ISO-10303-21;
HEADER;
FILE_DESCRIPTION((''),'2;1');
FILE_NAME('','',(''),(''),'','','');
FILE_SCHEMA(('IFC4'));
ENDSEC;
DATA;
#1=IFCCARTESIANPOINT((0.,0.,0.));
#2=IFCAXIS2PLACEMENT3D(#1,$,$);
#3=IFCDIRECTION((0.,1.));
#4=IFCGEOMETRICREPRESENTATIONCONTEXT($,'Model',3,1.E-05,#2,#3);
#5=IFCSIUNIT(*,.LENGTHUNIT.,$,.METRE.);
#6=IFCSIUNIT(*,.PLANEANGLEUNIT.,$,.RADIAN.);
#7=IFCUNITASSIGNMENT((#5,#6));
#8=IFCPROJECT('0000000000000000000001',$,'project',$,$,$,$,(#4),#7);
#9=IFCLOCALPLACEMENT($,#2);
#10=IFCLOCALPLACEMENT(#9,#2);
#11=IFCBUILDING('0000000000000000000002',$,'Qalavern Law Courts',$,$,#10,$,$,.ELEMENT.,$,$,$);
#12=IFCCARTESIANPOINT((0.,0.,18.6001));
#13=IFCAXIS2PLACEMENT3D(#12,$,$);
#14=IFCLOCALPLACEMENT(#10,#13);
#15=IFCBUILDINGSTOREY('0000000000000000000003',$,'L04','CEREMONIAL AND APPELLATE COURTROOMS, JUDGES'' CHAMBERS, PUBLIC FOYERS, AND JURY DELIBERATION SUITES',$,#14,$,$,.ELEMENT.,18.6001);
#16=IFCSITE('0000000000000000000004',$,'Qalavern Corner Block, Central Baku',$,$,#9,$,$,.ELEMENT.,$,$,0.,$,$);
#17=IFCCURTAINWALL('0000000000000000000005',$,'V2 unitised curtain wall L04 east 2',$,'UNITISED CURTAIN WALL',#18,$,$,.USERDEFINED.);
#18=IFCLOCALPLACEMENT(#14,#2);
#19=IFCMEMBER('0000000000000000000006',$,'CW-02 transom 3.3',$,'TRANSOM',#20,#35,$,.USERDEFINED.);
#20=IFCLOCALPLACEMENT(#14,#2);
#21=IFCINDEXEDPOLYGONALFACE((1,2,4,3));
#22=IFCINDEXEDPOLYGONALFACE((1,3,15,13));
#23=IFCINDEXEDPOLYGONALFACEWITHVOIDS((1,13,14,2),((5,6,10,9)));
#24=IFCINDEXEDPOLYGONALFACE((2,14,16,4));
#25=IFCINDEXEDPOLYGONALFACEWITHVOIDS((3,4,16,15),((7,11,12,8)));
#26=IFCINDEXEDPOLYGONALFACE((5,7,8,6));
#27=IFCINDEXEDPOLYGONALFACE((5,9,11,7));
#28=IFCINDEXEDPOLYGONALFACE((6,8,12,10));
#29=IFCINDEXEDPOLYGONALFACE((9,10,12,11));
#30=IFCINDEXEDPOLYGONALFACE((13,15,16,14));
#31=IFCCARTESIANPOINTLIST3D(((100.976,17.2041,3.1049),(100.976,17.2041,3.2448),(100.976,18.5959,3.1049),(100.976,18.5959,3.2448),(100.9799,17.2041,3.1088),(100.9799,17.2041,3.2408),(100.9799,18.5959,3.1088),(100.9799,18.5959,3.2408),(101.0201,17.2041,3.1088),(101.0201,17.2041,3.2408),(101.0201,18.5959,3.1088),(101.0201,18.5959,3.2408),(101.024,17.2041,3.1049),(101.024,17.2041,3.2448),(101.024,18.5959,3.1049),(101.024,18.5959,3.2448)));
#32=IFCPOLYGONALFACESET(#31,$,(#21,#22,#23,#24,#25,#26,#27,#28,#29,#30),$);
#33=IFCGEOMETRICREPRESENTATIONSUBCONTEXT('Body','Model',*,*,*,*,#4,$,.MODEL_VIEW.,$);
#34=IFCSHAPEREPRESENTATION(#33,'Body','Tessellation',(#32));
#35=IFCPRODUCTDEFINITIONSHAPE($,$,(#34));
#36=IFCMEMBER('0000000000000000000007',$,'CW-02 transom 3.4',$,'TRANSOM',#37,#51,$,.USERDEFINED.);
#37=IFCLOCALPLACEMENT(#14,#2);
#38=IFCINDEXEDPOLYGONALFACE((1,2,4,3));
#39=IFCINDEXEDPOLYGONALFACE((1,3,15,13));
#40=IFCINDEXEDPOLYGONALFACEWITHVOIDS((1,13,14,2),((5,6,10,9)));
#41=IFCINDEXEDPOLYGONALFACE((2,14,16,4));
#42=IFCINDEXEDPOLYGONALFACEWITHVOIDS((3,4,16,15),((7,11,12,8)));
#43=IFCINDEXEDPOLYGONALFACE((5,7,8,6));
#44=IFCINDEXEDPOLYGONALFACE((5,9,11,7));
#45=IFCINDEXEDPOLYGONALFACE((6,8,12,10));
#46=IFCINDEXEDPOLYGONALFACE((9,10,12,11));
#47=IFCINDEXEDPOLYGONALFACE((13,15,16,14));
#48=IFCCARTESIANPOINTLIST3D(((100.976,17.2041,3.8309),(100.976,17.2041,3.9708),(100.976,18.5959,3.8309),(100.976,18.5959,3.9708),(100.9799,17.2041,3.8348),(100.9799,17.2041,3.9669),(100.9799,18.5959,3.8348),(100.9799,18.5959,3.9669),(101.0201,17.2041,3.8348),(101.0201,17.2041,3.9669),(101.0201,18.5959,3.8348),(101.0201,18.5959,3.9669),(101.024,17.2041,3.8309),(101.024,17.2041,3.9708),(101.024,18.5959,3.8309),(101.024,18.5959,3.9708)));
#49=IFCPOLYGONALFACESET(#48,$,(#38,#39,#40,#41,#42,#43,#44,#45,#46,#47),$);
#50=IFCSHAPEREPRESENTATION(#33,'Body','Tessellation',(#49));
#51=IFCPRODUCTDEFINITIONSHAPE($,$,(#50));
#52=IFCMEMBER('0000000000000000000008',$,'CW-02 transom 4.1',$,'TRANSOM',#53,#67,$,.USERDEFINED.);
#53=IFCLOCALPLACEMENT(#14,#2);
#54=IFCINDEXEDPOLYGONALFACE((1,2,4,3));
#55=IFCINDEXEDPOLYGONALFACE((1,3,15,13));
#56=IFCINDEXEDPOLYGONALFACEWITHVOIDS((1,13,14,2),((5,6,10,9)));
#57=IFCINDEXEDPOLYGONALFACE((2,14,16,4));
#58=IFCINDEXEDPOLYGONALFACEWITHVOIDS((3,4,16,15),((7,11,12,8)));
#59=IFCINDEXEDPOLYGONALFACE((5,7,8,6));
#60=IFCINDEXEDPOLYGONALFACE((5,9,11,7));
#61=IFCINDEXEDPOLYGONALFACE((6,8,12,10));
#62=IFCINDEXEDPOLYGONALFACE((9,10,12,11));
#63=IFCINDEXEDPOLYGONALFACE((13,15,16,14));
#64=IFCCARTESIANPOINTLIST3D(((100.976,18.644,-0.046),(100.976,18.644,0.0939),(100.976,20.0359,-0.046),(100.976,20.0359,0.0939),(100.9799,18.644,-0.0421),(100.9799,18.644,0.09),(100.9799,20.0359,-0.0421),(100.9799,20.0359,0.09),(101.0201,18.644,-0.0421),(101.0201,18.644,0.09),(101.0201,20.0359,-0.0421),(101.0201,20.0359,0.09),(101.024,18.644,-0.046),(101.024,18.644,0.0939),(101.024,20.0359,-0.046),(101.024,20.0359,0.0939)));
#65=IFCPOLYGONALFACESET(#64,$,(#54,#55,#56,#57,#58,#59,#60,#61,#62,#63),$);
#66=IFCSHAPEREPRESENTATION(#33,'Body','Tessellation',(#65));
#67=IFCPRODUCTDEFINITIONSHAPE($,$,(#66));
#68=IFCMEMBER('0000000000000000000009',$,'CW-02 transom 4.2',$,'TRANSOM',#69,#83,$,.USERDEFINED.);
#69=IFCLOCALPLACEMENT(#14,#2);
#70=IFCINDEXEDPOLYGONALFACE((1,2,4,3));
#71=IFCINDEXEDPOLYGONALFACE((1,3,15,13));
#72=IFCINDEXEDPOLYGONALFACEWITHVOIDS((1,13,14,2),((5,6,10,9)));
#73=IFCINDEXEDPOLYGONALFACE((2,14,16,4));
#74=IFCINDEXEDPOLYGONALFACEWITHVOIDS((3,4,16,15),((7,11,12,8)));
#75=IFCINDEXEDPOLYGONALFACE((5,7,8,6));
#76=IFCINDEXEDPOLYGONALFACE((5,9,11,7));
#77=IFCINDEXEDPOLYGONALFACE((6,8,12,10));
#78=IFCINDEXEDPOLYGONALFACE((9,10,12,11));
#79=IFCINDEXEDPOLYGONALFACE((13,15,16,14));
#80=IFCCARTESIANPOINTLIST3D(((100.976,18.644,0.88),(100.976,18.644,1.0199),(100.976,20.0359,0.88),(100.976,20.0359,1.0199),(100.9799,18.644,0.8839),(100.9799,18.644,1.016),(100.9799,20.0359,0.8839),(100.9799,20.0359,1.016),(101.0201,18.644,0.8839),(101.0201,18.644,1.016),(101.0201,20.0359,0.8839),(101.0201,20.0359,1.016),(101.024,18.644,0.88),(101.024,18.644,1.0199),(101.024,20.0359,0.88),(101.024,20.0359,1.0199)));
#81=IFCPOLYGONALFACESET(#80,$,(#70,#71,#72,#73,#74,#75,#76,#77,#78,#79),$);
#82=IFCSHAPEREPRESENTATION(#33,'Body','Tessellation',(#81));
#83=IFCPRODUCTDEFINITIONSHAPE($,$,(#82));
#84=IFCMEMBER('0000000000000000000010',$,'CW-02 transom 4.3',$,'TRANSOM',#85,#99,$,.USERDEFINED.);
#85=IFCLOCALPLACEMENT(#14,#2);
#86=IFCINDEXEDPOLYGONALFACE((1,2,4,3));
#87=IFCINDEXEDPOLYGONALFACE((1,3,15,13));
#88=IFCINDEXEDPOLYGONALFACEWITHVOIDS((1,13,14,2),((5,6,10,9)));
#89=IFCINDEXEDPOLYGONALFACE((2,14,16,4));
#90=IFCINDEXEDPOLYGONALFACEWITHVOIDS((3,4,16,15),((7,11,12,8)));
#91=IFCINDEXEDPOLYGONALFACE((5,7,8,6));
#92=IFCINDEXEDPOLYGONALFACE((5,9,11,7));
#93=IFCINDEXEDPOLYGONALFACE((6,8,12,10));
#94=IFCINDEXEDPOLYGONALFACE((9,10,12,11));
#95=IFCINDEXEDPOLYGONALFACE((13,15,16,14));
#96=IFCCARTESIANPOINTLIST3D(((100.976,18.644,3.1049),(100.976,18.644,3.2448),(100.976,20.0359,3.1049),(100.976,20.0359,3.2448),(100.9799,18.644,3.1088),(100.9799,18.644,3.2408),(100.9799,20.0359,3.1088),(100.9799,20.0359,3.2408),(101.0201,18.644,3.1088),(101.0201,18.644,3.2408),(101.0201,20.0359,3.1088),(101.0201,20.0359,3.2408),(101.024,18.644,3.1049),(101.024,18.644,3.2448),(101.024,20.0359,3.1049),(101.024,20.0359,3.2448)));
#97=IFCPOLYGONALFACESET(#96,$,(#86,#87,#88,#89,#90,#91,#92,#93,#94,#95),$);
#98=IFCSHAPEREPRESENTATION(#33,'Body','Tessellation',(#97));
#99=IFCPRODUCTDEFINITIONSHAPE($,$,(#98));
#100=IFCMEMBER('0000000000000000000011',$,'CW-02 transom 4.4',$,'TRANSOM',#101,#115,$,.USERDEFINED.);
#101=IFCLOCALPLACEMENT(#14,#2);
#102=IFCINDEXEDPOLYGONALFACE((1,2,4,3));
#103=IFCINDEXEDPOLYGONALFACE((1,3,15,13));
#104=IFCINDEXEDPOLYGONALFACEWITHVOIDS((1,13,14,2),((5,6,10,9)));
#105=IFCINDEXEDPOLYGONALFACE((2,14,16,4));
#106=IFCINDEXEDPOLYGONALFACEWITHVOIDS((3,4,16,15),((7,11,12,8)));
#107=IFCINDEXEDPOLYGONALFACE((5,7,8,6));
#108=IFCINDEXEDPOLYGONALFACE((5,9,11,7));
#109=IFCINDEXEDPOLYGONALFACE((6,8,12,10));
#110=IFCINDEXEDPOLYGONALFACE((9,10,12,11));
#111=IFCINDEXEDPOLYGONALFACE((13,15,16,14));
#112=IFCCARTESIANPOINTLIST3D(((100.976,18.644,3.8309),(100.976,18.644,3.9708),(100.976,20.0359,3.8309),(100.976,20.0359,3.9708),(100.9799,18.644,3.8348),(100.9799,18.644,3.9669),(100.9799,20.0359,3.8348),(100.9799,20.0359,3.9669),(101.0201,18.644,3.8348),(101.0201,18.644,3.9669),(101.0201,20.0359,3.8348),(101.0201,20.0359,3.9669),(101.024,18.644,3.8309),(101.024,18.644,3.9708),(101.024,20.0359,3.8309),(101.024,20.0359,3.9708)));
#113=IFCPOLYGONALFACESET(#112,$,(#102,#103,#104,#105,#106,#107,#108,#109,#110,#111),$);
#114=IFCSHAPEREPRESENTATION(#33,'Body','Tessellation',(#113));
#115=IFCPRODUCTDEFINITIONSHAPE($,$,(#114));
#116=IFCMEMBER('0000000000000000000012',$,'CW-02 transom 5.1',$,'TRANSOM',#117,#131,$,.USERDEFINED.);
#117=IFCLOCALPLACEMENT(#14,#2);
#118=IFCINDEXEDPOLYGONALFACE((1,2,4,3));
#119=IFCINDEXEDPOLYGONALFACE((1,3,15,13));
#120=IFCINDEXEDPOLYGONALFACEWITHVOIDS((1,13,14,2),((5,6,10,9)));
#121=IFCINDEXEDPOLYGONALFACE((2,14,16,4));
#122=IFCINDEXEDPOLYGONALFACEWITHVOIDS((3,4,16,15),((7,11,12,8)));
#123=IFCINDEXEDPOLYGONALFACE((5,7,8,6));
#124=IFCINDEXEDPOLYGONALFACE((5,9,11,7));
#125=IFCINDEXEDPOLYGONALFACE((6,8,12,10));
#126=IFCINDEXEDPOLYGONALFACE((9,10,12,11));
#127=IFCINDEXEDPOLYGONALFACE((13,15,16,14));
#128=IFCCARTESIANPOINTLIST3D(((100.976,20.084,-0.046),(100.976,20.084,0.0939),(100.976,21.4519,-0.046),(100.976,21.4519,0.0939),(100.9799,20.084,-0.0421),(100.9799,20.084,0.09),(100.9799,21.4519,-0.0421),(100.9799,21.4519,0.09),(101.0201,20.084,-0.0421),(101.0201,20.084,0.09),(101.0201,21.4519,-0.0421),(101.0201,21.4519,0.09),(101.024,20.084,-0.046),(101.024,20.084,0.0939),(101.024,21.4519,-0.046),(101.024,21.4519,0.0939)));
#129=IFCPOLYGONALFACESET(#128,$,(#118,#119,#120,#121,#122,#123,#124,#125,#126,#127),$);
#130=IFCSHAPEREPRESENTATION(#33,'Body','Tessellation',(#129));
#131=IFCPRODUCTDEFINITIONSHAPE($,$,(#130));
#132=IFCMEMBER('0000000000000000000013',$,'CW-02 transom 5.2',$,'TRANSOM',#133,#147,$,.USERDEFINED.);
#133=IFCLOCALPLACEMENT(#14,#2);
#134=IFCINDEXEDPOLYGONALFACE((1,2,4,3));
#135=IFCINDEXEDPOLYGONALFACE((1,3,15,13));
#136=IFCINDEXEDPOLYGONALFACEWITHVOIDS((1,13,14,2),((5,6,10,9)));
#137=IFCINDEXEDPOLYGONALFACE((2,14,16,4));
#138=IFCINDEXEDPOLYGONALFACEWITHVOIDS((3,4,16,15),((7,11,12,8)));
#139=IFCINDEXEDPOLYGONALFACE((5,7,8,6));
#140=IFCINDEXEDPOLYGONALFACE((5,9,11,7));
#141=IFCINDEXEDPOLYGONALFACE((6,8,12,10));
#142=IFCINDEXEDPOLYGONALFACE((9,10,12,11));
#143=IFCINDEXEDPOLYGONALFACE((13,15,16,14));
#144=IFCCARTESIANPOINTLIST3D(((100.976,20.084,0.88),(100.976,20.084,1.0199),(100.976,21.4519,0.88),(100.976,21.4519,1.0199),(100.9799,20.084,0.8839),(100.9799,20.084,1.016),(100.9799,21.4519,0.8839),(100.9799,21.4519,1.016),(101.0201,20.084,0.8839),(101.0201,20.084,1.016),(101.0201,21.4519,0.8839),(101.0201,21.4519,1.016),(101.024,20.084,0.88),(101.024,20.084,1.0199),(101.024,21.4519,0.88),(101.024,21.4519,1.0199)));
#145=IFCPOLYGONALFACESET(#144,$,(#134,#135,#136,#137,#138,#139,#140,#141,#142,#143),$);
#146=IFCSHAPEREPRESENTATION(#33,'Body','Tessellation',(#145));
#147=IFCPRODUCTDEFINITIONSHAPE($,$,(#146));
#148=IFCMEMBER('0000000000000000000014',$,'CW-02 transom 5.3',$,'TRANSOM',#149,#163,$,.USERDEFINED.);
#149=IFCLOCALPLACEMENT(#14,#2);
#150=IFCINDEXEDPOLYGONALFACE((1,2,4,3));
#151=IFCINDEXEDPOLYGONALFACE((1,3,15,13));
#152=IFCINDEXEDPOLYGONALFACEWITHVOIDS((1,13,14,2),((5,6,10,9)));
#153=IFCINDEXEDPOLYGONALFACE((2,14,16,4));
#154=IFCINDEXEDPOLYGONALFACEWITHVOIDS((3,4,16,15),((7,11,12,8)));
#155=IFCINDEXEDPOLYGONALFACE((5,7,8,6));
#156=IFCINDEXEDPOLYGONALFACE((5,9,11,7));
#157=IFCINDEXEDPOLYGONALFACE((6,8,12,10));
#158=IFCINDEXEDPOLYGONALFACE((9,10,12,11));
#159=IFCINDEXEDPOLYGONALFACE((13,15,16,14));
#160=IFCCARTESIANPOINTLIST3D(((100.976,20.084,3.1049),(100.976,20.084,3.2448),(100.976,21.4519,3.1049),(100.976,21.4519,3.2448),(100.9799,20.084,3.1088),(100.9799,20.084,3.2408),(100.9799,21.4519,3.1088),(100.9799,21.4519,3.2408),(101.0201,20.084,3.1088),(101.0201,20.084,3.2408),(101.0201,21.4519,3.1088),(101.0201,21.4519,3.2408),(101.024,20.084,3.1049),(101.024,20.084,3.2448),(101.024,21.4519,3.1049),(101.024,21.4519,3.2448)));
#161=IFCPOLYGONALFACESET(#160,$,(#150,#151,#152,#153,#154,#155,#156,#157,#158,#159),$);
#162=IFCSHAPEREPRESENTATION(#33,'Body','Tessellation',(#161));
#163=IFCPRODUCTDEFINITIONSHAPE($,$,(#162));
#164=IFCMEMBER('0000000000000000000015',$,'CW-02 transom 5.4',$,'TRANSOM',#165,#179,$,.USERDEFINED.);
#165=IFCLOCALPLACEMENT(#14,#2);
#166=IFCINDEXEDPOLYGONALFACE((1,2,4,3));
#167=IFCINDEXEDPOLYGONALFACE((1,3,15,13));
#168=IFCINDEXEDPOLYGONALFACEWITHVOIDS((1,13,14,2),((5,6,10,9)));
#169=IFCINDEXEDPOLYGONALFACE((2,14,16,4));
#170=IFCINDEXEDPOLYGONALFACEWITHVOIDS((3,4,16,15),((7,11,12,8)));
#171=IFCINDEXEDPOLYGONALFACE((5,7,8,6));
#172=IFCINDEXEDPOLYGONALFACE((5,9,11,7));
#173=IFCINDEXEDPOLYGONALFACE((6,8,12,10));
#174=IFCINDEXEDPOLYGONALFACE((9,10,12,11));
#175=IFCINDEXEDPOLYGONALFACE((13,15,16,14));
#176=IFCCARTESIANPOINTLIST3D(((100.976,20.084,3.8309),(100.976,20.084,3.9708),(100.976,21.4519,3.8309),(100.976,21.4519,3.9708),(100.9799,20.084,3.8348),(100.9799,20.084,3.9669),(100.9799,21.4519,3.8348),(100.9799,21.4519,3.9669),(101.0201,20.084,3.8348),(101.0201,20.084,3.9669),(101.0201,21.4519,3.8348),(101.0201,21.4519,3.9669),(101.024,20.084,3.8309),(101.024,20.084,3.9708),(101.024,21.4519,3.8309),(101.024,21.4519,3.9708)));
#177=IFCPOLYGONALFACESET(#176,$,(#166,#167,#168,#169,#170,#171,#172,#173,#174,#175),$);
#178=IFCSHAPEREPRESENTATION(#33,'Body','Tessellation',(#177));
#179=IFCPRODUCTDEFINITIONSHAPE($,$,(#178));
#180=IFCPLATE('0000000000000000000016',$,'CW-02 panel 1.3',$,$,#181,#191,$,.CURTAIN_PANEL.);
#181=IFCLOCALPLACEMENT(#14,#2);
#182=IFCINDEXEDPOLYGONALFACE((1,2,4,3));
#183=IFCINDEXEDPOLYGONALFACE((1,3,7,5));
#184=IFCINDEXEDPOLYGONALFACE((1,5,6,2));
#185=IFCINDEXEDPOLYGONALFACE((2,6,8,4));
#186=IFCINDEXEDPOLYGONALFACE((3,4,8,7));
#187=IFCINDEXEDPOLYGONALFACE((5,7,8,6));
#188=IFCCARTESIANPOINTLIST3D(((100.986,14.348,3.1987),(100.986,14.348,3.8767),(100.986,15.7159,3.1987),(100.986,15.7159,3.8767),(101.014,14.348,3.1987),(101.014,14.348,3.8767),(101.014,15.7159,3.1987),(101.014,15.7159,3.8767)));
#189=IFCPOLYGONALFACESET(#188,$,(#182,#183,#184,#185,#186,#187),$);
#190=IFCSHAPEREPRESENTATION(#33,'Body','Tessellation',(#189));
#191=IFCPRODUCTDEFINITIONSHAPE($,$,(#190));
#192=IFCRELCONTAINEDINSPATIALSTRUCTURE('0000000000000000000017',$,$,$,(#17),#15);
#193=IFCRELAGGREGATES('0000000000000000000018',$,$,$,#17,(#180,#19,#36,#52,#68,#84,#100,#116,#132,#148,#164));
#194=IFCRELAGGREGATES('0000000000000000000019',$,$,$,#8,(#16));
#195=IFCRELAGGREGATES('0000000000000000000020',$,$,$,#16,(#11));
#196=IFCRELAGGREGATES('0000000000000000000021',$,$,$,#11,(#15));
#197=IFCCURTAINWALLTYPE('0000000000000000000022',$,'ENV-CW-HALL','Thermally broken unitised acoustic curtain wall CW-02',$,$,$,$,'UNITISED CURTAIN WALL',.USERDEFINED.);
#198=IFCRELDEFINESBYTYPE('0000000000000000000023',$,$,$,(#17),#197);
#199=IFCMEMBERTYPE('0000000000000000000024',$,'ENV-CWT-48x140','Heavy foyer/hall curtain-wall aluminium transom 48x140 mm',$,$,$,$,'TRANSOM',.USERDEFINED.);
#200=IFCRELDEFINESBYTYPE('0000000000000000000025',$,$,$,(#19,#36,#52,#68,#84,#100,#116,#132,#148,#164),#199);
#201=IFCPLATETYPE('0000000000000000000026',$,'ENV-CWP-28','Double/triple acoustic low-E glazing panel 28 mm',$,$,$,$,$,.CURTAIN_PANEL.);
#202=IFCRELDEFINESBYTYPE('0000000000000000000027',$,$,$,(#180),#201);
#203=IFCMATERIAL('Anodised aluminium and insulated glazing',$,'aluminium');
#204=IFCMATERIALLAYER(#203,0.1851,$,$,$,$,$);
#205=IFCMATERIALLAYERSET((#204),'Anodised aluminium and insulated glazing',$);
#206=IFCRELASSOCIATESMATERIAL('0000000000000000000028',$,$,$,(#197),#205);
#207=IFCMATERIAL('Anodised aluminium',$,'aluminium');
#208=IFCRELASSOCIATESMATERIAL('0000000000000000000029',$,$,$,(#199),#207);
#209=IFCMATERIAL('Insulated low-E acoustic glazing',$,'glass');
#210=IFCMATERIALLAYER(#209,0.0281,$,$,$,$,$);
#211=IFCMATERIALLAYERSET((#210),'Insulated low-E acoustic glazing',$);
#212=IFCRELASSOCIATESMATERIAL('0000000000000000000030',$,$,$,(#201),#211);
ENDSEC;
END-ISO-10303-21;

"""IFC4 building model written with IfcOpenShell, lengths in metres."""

from ifc_helpers import new_model, si_unit, direction, frame, origin, origin_2d, place, context, subcontext, project, spatial, rectangle, hollow_rectangle, extrude, material, layer, layer_set, material_profile, profile_set, type_object, element, aggregate, save


model = new_model("IFC4")

# Units and contexts
model_context = context("Model", 3, precision=1e-05, world=origin(), true_north=direction((0.0, 1.0)))
body_context = subcontext(model_context, "Body", "Model", "MODEL_VIEW")
ifc_project = project(units=[si_unit("LENGTHUNIT", "METRE"), si_unit("PLANEANGLEUNIT", "RADIAN")], contexts=[model_context])

# Site, building, storey
site_placement = place(None, origin())
site = spatial("IfcSite", under=ifc_project, at=site_placement, Name="Qalavern Corner Block, Central Baku", CompositionType="ELEMENT", RefElevation=0.0)
building_placement = place(site_placement, origin())
building = spatial("IfcBuilding", under=site, at=building_placement, Name="Qalavern Law Courts", CompositionType="ELEMENT")
storey_placement = place(building_placement, frame((0.0, 0.0, 18.6001)))
storey = spatial("IfcBuildingStorey", under=building, at=storey_placement, Name="L04", Description="CEREMONIAL AND APPELLATE COURTROOMS, JUDGES' CHAMBERS, PUBLIC FOYERS, AND JURY DELIBERATION SUITES", CompositionType="ELEMENT", Elevation=18.6001)

# Curtain wall, members, plate
ifc_material_1 = material(Name="Anodised aluminium and insulated glazing", Category="aluminium")
ifc_layer_1 = layer(ifc_material_1, 0.1851)
ifc_layer_set_1 = layer_set([ifc_layer_1], Name="Anodised aluminium and insulated glazing")
curtain_wall_type = type_object("IfcCurtainWallType", Name="ENV-CW-HALL", Description="Thermally broken unitised acoustic curtain wall CW-02", ElementType="UNITISED CURTAIN WALL", PredefinedType="USERDEFINED", material=ifc_layer_set_1)
curtain_wall_placement = place(storey_placement, origin())
curtain_wall = element("IfcCurtainWall", 1, at=curtain_wall_placement, inside=storey, type_object=curtain_wall_type, Name="V2 unitised curtain wall L04 east 2", ObjectType="UNITISED CURTAIN WALL", PredefinedType="USERDEFINED")
ifc_material_2 = material(Name="Anodised aluminium", Category="aluminium")
ifc_material_profile_1 = material_profile(ifc_material_2, hollow_rectangle(XDim=0.0481, YDim=0.1399, WallThickness=0.0039, at=origin_2d()), Name="ALU TRANSOM 48x140")
ifc_profile_set_1 = profile_set([ifc_material_profile_1], Name="Anodised aluminium")
member_type_1 = type_object("IfcMemberType", Name="ENV-CWT-48x140", Description="Heavy foyer/hall curtain-wall aluminium transom 48x140 mm", ElementType="TRANSOM", PredefinedType="USERDEFINED", material=ifc_profile_set_1)
member_1_placement = place(storey_placement, frame((101.0, 17.2041, 3.1748), z_axis=(0.0, 1.0, 0.0), x_axis=(-1.0, 0.0, 0.0)))
member_1 = element("IfcMember", 2, at=member_1_placement, type_object=member_type_1, Name="CW-02 transom 3.3", ObjectType="TRANSOM", PredefinedType="USERDEFINED", context=body_context, shape_type="SweptSolid", body=[
    extrude(hollow_rectangle(XDim=0.0481, YDim=0.1399, WallThickness=0.0039, at=origin_2d()), origin(), (0.0, 0.0, 1.0), 1.3918),
])
member_2_placement = place(storey_placement, frame((101.0, 17.2041, 3.9009), z_axis=(0.0, 1.0, 0.0), x_axis=(-1.0, 0.0, 0.0)))
member_2 = element("IfcMember", 3, at=member_2_placement, type_object=member_type_1, Name="CW-02 transom 3.4", ObjectType="TRANSOM", PredefinedType="USERDEFINED", context=body_context, shape_type="SweptSolid", body=[
    extrude(hollow_rectangle(XDim=0.0481, YDim=0.1399, WallThickness=0.0039, at=origin_2d()), origin(), (0.0, 0.0, 1.0), 1.3918),
])
member_3_placement = place(storey_placement, frame((101.0, 18.644, 0.0239), z_axis=(0.0, 1.0, 0.0), x_axis=(-1.0, 0.0, 0.0)))
member_3 = element("IfcMember", 4, at=member_3_placement, type_object=member_type_1, Name="CW-02 transom 4.1", ObjectType="TRANSOM", PredefinedType="USERDEFINED", context=body_context, shape_type="SweptSolid", body=[
    extrude(hollow_rectangle(XDim=0.0481, YDim=0.1399, WallThickness=0.0039, at=origin_2d()), origin(), (0.0, 0.0, 1.0), 1.3918),
])
member_4_placement = place(storey_placement, frame((101.0, 18.644, 0.95), z_axis=(0.0, 1.0, 0.0), x_axis=(-1.0, 0.0, 0.0)))
member_4 = element("IfcMember", 5, at=member_4_placement, type_object=member_type_1, Name="CW-02 transom 4.2", ObjectType="TRANSOM", PredefinedType="USERDEFINED", context=body_context, shape_type="SweptSolid", body=[
    extrude(hollow_rectangle(XDim=0.0481, YDim=0.1399, WallThickness=0.0039, at=origin_2d()), origin(), (0.0, 0.0, 1.0), 1.3918),
])
member_5_placement = place(storey_placement, frame((101.0, 18.644, 3.1748), z_axis=(0.0, 1.0, 0.0), x_axis=(-1.0, 0.0, 0.0)))
member_5 = element("IfcMember", 6, at=member_5_placement, type_object=member_type_1, Name="CW-02 transom 4.3", ObjectType="TRANSOM", PredefinedType="USERDEFINED", context=body_context, shape_type="SweptSolid", body=[
    extrude(hollow_rectangle(XDim=0.0481, YDim=0.1399, WallThickness=0.0039, at=origin_2d()), origin(), (0.0, 0.0, 1.0), 1.3918),
])
member_6_placement = place(storey_placement, frame((101.0, 18.644, 3.9009), z_axis=(0.0, 1.0, 0.0), x_axis=(-1.0, 0.0, 0.0)))
member_6 = element("IfcMember", 7, at=member_6_placement, type_object=member_type_1, Name="CW-02 transom 4.4", ObjectType="TRANSOM", PredefinedType="USERDEFINED", context=body_context, shape_type="SweptSolid", body=[
    extrude(hollow_rectangle(XDim=0.0481, YDim=0.1399, WallThickness=0.0039, at=origin_2d()), origin(), (0.0, 0.0, 1.0), 1.3918),
])
member_7_placement = place(storey_placement, frame((101.0, 20.084, 0.0239), z_axis=(0.0, 1.0, 0.0), x_axis=(-1.0, 0.0, 0.0)))
member_7 = element("IfcMember", 8, at=member_7_placement, type_object=member_type_1, Name="CW-02 transom 5.1", ObjectType="TRANSOM", PredefinedType="USERDEFINED", context=body_context, shape_type="SweptSolid", body=[
    extrude(hollow_rectangle(XDim=0.0481, YDim=0.1399, WallThickness=0.0039, at=origin_2d()), origin(), (0.0, 0.0, 1.0), 1.3679),
])
member_8_placement = place(storey_placement, frame((101.0, 20.084, 0.95), z_axis=(0.0, 1.0, 0.0), x_axis=(-1.0, 0.0, 0.0)))
member_8 = element("IfcMember", 9, at=member_8_placement, type_object=member_type_1, Name="CW-02 transom 5.2", ObjectType="TRANSOM", PredefinedType="USERDEFINED", context=body_context, shape_type="SweptSolid", body=[
    extrude(hollow_rectangle(XDim=0.0481, YDim=0.1399, WallThickness=0.0039, at=origin_2d()), origin(), (0.0, 0.0, 1.0), 1.3679),
])
member_9_placement = place(storey_placement, frame((101.0, 20.084, 3.1748), z_axis=(0.0, 1.0, 0.0), x_axis=(-1.0, 0.0, 0.0)))
member_9 = element("IfcMember", 10, at=member_9_placement, type_object=member_type_1, Name="CW-02 transom 5.3", ObjectType="TRANSOM", PredefinedType="USERDEFINED", context=body_context, shape_type="SweptSolid", body=[
    extrude(hollow_rectangle(XDim=0.0481, YDim=0.1399, WallThickness=0.0039, at=origin_2d()), origin(), (0.0, 0.0, 1.0), 1.3679),
])
member_10_placement = place(storey_placement, frame((101.0, 20.084, 3.9009), z_axis=(0.0, 1.0, 0.0), x_axis=(-1.0, 0.0, 0.0)))
member_10 = element("IfcMember", 11, at=member_10_placement, type_object=member_type_1, Name="CW-02 transom 5.4", ObjectType="TRANSOM", PredefinedType="USERDEFINED", context=body_context, shape_type="SweptSolid", body=[
    extrude(hollow_rectangle(XDim=0.0481, YDim=0.1399, WallThickness=0.0039, at=origin_2d()), origin(), (0.0, 0.0, 1.0), 1.3679),
])
ifc_material_3 = material(Name="Insulated low-E acoustic glazing", Category="glass")
ifc_layer_2 = layer(ifc_material_3, 0.0281)
ifc_layer_set_2 = layer_set([ifc_layer_2], Name="Insulated low-E acoustic glazing")
plate_type = type_object("IfcPlateType", Name="ENV-CWP-28", Description="Double/triple acoustic low-E glazing panel 28 mm", PredefinedType="CURTAIN_PANEL", material=ifc_layer_set_2)
plate_1_placement = place(storey_placement, frame((101.0, 15.032, 3.1987), z_axis=(0.0, 0.0, 1.0), x_axis=(0.0, 1.0, 0.0)))
plate_1 = element("IfcPlate", 12, at=plate_1_placement, type_object=plate_type, Name="CW-02 panel 1.3", PredefinedType="CURTAIN_PANEL", context=body_context, shape_type="SweptSolid", body=[
    extrude(rectangle(XDim=1.3679, YDim=0.0281, at=origin_2d()), origin(), (0.0, 0.0, 1.0), 0.678),
])
aggregate(curtain_wall, [plate_1, member_1, member_2, member_3, member_4, member_5, member_6, member_7, member_8, member_9, member_10])

save(model, "model.ifc")
